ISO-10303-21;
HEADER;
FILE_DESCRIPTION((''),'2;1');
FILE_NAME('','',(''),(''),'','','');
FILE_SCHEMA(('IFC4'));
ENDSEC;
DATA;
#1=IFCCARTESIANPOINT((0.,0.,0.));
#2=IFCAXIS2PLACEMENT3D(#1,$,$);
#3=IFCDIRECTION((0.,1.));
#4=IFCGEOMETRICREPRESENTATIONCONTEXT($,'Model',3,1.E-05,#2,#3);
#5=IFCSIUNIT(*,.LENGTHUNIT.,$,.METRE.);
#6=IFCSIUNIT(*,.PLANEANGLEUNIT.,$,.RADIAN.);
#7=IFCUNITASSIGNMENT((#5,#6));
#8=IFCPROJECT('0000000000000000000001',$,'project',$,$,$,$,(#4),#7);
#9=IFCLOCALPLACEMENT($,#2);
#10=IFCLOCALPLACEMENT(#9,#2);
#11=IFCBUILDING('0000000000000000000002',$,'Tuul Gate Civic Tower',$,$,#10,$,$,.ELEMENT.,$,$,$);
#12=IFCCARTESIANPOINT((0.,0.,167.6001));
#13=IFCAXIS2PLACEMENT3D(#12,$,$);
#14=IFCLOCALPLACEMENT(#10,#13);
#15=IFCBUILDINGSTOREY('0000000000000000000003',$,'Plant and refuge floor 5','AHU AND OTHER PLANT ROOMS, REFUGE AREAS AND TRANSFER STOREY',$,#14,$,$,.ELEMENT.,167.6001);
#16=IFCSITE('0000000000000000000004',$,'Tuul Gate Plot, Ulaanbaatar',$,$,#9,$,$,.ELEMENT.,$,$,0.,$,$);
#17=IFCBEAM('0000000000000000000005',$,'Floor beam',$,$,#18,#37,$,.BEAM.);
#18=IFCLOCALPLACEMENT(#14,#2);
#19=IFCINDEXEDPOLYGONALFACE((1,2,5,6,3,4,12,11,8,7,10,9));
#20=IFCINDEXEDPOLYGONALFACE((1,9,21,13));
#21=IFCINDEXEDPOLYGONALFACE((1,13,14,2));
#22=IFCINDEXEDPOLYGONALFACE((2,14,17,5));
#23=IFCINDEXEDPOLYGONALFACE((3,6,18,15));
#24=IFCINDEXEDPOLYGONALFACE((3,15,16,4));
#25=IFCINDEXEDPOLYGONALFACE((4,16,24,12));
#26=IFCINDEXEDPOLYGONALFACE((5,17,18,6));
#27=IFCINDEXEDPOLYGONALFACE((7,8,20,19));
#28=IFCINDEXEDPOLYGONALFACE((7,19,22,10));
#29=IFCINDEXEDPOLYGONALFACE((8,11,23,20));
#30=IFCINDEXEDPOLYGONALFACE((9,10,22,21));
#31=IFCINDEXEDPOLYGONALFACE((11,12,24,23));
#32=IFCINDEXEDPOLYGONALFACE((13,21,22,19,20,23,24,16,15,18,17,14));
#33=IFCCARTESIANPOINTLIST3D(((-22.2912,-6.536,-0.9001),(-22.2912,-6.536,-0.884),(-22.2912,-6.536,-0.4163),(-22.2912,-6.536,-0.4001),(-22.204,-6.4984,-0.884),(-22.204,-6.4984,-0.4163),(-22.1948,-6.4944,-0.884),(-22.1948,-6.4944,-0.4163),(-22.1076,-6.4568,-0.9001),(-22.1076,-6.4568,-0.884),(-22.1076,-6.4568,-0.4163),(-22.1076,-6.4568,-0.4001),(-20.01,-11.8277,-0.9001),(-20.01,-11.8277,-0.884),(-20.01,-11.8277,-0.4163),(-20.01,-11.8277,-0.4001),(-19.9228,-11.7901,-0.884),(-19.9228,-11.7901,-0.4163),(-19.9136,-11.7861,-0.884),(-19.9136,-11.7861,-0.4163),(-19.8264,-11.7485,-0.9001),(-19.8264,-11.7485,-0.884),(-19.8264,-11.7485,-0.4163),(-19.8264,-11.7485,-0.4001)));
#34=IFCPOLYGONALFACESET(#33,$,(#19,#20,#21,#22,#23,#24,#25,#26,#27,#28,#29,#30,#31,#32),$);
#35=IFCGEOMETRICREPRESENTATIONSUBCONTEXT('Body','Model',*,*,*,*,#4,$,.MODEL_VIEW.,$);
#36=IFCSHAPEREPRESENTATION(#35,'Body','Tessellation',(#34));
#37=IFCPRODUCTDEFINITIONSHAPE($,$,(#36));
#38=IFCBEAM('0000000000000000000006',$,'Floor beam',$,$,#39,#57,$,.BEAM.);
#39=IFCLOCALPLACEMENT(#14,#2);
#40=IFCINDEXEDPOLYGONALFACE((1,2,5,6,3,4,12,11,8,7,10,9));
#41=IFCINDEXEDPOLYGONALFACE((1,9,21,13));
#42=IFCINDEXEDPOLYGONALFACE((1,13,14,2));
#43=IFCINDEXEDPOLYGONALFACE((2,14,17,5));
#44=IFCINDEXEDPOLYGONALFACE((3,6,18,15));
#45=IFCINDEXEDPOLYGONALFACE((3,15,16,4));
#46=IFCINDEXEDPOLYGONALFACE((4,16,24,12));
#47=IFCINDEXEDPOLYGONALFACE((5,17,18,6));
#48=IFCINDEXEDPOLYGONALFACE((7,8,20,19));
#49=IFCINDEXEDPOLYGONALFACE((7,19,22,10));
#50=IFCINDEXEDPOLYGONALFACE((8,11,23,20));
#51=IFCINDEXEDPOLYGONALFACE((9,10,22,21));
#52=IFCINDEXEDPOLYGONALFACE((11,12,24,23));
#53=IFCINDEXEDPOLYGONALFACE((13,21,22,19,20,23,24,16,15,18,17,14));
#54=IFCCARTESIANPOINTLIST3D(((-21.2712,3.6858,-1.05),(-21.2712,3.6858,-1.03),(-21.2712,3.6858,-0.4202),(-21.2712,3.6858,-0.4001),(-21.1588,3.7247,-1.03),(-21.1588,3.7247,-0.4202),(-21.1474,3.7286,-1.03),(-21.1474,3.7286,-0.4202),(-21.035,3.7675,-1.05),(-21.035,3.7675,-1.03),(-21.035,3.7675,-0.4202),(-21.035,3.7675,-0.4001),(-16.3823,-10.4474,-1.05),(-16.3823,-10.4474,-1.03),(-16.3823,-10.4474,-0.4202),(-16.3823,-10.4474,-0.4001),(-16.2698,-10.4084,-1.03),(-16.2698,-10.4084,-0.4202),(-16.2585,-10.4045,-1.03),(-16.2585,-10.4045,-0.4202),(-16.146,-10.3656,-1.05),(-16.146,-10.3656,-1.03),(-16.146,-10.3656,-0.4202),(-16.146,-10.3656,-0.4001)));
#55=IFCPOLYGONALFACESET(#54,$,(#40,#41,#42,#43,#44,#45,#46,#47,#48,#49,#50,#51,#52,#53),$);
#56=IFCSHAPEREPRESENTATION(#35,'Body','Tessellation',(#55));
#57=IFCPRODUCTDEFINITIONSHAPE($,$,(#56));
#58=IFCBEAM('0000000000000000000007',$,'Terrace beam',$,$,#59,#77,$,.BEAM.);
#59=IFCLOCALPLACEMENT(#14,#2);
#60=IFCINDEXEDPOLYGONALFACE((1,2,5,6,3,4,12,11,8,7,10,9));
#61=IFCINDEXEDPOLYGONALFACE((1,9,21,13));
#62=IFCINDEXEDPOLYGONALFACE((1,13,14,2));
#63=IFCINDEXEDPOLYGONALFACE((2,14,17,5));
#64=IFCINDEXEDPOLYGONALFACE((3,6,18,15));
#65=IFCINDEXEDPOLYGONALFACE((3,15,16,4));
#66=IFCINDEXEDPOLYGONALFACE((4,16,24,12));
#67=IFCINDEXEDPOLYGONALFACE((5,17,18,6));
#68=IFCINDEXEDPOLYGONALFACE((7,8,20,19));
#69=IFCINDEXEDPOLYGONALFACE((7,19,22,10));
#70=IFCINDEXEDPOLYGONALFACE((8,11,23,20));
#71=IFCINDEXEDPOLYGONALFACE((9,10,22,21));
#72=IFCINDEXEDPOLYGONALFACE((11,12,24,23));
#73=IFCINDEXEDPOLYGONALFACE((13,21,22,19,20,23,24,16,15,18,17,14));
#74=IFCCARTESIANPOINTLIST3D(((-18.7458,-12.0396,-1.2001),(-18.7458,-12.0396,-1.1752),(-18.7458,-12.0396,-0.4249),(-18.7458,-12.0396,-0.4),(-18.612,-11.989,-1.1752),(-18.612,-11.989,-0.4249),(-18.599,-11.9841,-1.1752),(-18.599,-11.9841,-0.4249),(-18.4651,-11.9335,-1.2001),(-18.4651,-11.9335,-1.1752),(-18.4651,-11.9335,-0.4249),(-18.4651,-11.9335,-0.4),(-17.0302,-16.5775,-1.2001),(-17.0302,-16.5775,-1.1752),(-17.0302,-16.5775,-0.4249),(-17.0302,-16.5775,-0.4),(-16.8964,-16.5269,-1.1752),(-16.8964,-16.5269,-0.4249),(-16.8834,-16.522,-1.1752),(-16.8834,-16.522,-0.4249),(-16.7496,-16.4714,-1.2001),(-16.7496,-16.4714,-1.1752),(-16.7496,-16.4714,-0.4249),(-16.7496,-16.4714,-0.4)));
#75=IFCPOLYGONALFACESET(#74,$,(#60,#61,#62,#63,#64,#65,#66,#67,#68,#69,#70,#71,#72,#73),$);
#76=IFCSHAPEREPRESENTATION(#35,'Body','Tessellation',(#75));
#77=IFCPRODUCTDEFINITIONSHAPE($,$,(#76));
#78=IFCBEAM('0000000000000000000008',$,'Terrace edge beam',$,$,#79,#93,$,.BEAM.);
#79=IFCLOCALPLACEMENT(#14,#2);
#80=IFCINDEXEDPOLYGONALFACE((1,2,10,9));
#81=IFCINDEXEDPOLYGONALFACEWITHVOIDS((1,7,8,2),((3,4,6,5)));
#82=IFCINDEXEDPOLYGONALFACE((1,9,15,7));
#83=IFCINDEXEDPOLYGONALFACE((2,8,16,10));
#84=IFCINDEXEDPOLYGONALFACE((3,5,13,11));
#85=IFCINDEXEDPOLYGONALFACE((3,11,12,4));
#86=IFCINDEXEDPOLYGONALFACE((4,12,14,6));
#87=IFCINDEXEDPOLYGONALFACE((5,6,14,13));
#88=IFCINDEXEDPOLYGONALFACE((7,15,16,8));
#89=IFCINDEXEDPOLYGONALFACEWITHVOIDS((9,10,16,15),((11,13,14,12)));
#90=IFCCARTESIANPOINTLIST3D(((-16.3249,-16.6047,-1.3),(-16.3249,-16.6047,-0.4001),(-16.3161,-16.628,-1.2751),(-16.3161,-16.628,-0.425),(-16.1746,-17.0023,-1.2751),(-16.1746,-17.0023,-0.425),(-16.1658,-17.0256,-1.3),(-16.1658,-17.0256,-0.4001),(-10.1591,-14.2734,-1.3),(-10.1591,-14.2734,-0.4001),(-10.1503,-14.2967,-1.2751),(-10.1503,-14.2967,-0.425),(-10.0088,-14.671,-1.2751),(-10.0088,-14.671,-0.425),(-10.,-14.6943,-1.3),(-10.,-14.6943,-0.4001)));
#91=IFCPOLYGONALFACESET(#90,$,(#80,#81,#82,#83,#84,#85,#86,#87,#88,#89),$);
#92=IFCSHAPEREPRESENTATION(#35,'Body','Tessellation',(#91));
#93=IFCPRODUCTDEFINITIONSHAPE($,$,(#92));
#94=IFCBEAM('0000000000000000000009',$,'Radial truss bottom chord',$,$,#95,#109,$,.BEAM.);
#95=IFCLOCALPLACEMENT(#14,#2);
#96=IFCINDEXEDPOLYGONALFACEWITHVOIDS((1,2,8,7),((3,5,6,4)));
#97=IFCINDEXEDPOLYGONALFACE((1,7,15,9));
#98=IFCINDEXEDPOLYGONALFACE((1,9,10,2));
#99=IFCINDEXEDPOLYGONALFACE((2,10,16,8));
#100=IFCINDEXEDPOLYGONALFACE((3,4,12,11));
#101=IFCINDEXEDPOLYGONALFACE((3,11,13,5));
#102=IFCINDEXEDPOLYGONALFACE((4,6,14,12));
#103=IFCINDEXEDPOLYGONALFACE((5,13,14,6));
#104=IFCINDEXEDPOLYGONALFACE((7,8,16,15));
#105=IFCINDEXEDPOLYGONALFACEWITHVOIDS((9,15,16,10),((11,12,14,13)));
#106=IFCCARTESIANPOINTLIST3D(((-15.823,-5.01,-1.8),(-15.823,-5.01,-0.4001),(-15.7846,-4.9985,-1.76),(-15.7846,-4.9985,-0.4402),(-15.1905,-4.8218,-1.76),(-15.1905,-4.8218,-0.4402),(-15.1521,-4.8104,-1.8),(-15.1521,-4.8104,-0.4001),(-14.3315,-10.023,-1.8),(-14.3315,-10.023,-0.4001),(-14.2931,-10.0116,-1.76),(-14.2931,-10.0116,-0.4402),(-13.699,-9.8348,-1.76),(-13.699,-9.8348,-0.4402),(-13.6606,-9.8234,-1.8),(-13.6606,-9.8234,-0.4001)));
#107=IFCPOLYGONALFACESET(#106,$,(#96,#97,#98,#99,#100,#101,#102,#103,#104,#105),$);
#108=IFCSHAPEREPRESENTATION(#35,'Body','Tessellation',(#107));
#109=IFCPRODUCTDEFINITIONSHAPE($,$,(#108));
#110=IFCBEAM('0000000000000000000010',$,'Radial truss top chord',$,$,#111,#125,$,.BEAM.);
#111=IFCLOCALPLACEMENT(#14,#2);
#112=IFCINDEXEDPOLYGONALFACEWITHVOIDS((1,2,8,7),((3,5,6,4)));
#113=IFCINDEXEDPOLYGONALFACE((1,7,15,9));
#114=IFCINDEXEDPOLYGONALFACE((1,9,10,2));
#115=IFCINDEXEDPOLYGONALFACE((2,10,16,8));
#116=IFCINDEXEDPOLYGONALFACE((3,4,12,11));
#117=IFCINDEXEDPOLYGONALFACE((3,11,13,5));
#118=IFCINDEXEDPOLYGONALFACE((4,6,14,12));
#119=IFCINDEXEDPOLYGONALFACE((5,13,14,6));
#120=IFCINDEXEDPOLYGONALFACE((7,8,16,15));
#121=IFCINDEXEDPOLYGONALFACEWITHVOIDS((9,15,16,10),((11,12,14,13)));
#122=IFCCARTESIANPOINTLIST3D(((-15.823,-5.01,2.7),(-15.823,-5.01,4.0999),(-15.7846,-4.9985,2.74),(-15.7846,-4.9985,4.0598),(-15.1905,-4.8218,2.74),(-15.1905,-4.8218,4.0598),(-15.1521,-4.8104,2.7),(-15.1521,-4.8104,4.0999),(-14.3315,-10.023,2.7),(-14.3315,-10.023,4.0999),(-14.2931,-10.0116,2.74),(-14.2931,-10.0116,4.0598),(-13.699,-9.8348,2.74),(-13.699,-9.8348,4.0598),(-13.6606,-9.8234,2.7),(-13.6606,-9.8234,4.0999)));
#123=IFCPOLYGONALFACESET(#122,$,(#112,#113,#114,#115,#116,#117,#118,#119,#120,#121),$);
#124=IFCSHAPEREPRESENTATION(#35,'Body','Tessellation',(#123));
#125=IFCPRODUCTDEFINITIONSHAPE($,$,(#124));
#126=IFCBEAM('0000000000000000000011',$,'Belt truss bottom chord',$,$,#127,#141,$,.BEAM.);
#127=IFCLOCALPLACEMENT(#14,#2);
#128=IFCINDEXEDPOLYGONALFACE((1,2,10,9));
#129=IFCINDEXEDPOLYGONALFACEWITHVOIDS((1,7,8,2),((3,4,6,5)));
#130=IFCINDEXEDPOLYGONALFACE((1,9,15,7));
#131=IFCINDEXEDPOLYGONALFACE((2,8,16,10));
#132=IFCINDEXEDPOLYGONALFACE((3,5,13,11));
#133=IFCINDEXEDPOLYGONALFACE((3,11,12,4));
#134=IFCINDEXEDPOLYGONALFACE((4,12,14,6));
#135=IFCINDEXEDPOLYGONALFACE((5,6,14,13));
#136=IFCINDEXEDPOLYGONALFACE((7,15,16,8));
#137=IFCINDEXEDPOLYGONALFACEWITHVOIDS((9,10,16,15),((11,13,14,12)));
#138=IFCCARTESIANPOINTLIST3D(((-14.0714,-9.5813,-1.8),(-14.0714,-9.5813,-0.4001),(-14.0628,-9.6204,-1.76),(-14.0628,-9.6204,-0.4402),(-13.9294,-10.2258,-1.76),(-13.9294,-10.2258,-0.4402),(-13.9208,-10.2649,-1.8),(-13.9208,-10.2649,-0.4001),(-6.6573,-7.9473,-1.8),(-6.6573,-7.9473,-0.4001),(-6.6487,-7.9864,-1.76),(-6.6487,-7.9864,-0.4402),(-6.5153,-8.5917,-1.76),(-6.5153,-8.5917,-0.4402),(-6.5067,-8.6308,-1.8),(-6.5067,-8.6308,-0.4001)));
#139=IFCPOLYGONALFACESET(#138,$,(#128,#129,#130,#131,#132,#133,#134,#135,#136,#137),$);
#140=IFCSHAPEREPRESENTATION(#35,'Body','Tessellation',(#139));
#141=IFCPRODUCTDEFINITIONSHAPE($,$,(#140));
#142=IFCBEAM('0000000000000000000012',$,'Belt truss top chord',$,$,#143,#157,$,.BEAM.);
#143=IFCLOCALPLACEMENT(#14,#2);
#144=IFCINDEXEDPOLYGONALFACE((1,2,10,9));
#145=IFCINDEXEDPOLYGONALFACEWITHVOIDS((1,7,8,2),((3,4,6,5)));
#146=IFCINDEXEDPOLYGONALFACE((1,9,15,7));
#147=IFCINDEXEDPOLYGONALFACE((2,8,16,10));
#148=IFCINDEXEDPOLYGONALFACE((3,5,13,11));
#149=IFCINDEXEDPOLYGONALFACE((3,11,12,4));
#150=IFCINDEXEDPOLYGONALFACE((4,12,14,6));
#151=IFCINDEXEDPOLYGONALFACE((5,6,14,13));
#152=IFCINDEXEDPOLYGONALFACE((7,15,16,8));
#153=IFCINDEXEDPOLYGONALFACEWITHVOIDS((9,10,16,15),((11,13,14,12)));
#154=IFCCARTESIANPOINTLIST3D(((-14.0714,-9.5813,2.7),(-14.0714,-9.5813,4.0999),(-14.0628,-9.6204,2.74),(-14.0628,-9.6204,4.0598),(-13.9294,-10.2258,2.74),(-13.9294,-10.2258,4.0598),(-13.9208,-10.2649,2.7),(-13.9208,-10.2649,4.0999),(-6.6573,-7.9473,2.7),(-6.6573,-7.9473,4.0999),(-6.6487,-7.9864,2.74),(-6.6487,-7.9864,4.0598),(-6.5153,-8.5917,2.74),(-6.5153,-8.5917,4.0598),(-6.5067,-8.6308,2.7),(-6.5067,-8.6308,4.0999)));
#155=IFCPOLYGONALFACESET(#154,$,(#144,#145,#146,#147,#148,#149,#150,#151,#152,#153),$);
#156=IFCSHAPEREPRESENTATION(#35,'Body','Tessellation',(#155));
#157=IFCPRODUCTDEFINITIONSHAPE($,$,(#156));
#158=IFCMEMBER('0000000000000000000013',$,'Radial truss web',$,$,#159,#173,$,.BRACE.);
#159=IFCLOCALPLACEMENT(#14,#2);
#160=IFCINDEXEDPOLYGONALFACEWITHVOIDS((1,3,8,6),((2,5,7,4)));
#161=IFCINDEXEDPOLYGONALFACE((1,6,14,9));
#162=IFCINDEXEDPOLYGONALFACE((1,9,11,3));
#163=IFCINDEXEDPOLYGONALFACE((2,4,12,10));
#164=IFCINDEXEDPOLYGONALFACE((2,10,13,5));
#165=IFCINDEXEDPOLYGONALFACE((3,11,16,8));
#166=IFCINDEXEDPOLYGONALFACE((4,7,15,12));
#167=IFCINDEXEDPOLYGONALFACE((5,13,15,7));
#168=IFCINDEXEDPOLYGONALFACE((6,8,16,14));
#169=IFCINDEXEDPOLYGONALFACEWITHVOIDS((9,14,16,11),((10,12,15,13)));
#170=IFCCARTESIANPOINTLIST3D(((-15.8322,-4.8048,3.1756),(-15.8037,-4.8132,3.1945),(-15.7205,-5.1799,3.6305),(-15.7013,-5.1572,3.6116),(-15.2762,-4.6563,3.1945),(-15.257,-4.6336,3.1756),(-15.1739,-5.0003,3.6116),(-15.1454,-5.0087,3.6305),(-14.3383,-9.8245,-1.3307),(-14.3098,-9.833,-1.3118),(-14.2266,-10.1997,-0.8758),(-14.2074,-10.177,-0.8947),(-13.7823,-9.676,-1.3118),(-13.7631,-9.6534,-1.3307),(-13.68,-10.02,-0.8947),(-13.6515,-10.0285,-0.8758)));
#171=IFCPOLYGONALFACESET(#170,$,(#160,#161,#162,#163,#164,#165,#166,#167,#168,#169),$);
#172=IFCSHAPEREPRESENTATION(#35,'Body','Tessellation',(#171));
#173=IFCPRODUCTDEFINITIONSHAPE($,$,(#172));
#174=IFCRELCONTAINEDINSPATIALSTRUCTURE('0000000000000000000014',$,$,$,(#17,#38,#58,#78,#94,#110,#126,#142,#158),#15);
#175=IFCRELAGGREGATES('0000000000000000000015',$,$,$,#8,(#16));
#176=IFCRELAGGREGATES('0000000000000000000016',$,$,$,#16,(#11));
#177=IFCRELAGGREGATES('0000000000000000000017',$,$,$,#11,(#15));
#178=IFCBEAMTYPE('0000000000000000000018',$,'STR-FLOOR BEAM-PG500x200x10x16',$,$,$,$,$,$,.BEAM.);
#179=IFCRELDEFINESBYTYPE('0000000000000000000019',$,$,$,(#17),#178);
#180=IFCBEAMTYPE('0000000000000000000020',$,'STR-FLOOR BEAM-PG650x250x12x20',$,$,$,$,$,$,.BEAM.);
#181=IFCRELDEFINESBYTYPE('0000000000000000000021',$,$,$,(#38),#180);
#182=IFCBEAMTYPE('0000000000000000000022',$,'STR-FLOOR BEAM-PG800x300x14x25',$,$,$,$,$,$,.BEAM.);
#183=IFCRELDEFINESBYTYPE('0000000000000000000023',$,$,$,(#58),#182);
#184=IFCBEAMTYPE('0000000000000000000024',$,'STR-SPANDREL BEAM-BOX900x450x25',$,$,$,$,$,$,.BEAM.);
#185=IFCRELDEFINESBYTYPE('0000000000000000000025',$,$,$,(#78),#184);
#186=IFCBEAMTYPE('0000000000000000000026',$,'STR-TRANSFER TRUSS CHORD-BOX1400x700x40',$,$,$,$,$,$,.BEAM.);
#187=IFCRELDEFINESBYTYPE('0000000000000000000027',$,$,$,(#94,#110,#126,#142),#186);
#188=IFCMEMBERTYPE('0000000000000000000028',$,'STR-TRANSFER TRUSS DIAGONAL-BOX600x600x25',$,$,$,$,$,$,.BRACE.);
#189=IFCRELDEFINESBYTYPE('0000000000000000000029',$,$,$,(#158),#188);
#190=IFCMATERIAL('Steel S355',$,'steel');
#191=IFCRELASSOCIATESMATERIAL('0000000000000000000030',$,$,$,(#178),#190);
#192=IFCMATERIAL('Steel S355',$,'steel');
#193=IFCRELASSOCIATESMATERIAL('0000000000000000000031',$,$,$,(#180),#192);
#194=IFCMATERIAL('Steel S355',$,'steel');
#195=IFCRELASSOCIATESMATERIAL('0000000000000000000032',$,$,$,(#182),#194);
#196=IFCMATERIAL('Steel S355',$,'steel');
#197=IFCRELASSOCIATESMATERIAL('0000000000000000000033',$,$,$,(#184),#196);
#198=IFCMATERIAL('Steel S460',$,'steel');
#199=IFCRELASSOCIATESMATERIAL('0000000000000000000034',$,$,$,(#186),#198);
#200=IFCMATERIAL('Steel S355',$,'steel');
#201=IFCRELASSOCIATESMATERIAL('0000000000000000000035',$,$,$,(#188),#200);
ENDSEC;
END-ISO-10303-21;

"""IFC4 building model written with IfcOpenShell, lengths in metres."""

from ifc_helpers import new_model, si_unit, direction, frame, origin, origin_2d, place, context, subcontext, project, spatial, hollow_rectangle, i_section, extrude, material, material_profile, profile_set, type_object, element, save


model = new_model("IFC4")

# Units and contexts
model_context = context("Model", 3, precision=1e-05, world=origin(), true_north=direction((0.0, 1.0)))
body_context = subcontext(model_context, "Body", "Model", "MODEL_VIEW")
ifc_project = project(units=[si_unit("LENGTHUNIT", "METRE"), si_unit("PLANEANGLEUNIT", "RADIAN")], contexts=[model_context])

# Site, building, storey
site_placement = place(None, origin())
site = spatial("IfcSite", under=ifc_project, at=site_placement, Name="Tuul Gate Plot, Ulaanbaatar", CompositionType="ELEMENT", RefElevation=0.0)
building_placement = place(site_placement, origin())
building = spatial("IfcBuilding", under=site, at=building_placement, Name="Tuul Gate Civic Tower", CompositionType="ELEMENT")
storey_placement = place(building_placement, frame((0.0, 0.0, 167.6001)))
storey = spatial("IfcBuildingStorey", under=building, at=storey_placement, Name="Plant and refuge floor 5", Description="AHU AND OTHER PLANT ROOMS, REFUGE AREAS AND TRANSFER STOREY", CompositionType="ELEMENT", Elevation=167.6001)

# Beams
ifc_material_1 = material(Name="Steel S355", Category="steel")
ifc_material_profile_1 = material_profile(ifc_material_1, i_section(OverallWidth=0.2, OverallDepth=0.5, WebThickness=0.01, FlangeThickness=0.0161, at=origin_2d()), Name="PG500x200x10x16")
ifc_profile_set_1 = profile_set([ifc_material_profile_1], Name="Steel S355")
beam_type_1 = type_object("IfcBeamType", Name="STR-FLOOR BEAM-PG500x200x10x16", PredefinedType="BEAM", material=ifc_profile_set_1)
beam_1_placement = place(storey_placement, frame((-19.9182, -11.7881, -0.6501), z_axis=(-0.395877, 0.918304, 0.0), x_axis=(-0.918304, -0.395877, 0.0)))
element("IfcBeam", 1, at=beam_1_placement, inside=storey, type_object=beam_type_1, Name="Floor beam", PredefinedType="BEAM", context=body_context, shape_type="SweptSolid", body=[
    extrude(i_section(OverallWidth=0.2, OverallDepth=0.5, WebThickness=0.01, FlangeThickness=0.0161, at=origin_2d()), origin(), (0.0, 0.0, 1.0), 5.7625),
])
ifc_material_2 = material(Name="Steel S355", Category="steel")
ifc_material_profile_2 = material_profile(ifc_material_2, i_section(OverallWidth=0.25, OverallDepth=0.6499, WebThickness=0.012, FlangeThickness=0.02, at=origin_2d()), Name="PG650x250x12x20")
ifc_profile_set_2 = profile_set([ifc_material_profile_2], Name="Steel S355")
beam_type_2 = type_object("IfcBeamType", Name="STR-FLOOR BEAM-PG650x250x12x20", PredefinedType="BEAM", material=ifc_profile_set_2)
beam_2_placement = place(storey_placement, frame((-16.2642, -10.4065, -0.7251), z_axis=(-0.326914, 0.945054, 0.0), x_axis=(-0.945054, -0.326914, 0.0)))
element("IfcBeam", 2, at=beam_2_placement, inside=storey, type_object=beam_type_2, Name="Floor beam", PredefinedType="BEAM", context=body_context, shape_type="SweptSolid", body=[
    extrude(i_section(OverallWidth=0.25, OverallDepth=0.6499, WebThickness=0.012, FlangeThickness=0.02, at=origin_2d()), origin(), (0.0, 0.0, 1.0), 14.9548),
])
ifc_material_3 = material(Name="Steel S355", Category="steel")
ifc_material_profile_3 = material_profile(ifc_material_3, i_section(OverallWidth=0.3, OverallDepth=0.8, WebThickness=0.0139, FlangeThickness=0.0249, at=origin_2d()), Name="PG800x300x14x25")
ifc_profile_set_3 = profile_set([ifc_material_profile_3], Name="Steel S355")
beam_type_3 = type_object("IfcBeamType", Name="STR-FLOOR BEAM-PG800x300x14x25", PredefinedType="BEAM", material=ifc_profile_set_3)
beam_3_placement = place(storey_placement, frame((-16.8899, -16.5244, -0.8), z_axis=(-0.353632, 0.935385, 0.0), x_axis=(-0.935385, -0.353632, 0.0)))
element("IfcBeam", 3, at=beam_3_placement, inside=storey, type_object=beam_type_3, Name="Terrace beam", PredefinedType="BEAM", context=body_context, shape_type="SweptSolid", body=[
    extrude(i_section(OverallWidth=0.3, OverallDepth=0.8, WebThickness=0.0139, FlangeThickness=0.0249, at=origin_2d()), origin(), (0.0, 0.0, 1.0), 4.8513),
])
ifc_material_4 = material(Name="Steel S355", Category="steel")
ifc_material_profile_4 = material_profile(ifc_material_4, hollow_rectangle(XDim=0.45, YDim=0.8999, WallThickness=0.0249, at=origin_2d()), Name="BOX900x450x25")
ifc_profile_set_4 = profile_set([ifc_material_profile_4], Name="Steel S355")
beam_type_4 = type_object("IfcBeamType", Name="STR-SPANDREL BEAM-BOX900x450x25", PredefinedType="BEAM", material=ifc_profile_set_4)
beam_4_placement = place(storey_placement, frame((-16.2454, -16.8152, -0.8501), z_axis=(0.935371, 0.353667, 0.0), x_axis=(-0.353667, 0.935371, 0.0)))
element("IfcBeam", 4, at=beam_4_placement, inside=storey, type_object=beam_type_4, Name="Terrace edge beam", PredefinedType="BEAM", context=body_context, shape_type="SweptSolid", body=[
    extrude(hollow_rectangle(XDim=0.45, YDim=0.8999, WallThickness=0.0249, at=origin_2d()), origin(), (0.0, 0.0, 1.0), 6.5918),
])
ifc_material_5 = material(Name="Steel S460", Category="steel")
ifc_material_profile_5 = material_profile(ifc_material_5, hollow_rectangle(XDim=0.7, YDim=1.3999, WallThickness=0.04, at=origin_2d()), Name="BOX1400x700x40")
ifc_profile_set_5 = profile_set([ifc_material_profile_5], Name="Steel S460")
beam_type_5 = type_object("IfcBeamType", Name="STR-TRANSFER TRUSS CHORD-BOX1400x700x40", PredefinedType="BEAM", material=ifc_profile_set_5)
for number, where, z_axis, x_axis, name in (
    (5, (-15.4875, -4.9102, -1.1001), (0.285167, -0.958478, 0.0), (0.958478, 0.285167, 0.0), "Radial truss bottom chord"),
    (6, (-15.4875, -4.9102, 3.3999), (0.285167, -0.958478, 0.0), (0.958478, 0.285167, 0.0), "Radial truss top chord"),
):
    element("IfcBeam", number, at=place(storey_placement, frame(where, z_axis=z_axis, x_axis=x_axis)), inside=storey, type_object=beam_type_5, Name=name, PredefinedType="BEAM", context=body_context, shape_type="SweptSolid", body=[
        extrude(hollow_rectangle(XDim=0.7, YDim=1.3999, WallThickness=0.04, at=origin_2d()), origin(), (0.0, 0.0, 1.0), 5.2302),
    ])
for number, where, z_axis, x_axis, name in (
    (7, (-13.9961, -9.9231, -1.1001), (0.976563, 0.215231, 0.0), (-0.215231, 0.976563, 0.0), "Belt truss bottom chord"),
    (8, (-13.9961, -9.9231, 3.3999), (0.976563, 0.215231, 0.0), (-0.215231, 0.976563, 0.0), "Belt truss top chord"),
):
    element("IfcBeam", number, at=place(storey_placement, frame(where, z_axis=z_axis, x_axis=x_axis)), inside=storey, type_object=beam_type_5, Name=name, PredefinedType="BEAM", context=body_context, shape_type="SweptSolid", body=[
        extrude(hollow_rectangle(XDim=0.7, YDim=1.3999, WallThickness=0.04, at=origin_2d()), origin(), (0.0, 0.0, 1.0), 7.592),
    ])

# Member
ifc_material_6 = material(Name="Steel S355", Category="steel")
ifc_material_profile_6 = material_profile(ifc_material_6, hollow_rectangle(XDim=0.6001, YDim=0.6001, WallThickness=0.0249, at=origin_2d()), Name="BOX600x600x25")
ifc_profile_set_6 = profile_set([ifc_material_profile_6], Name="Steel S355")
member_type_1 = type_object("IfcMemberType", Name="STR-TRANSFER TRUSS DIAGONAL-BOX600x600x25", PredefinedType="BRACE", material=ifc_profile_set_6)
member_1_placement = place(storey_placement, frame((-13.9949, -9.9265, -1.1033), z_axis=(-0.216218, 0.726535, 0.652224), x_axis=(-0.958456, -0.285239, 0.0)))
element("IfcMember", 9, at=member_1_placement, inside=storey, type_object=member_type_1, Name="Radial truss web", PredefinedType="BRACE", context=body_context, shape_type="SweptSolid", body=[
    extrude(hollow_rectangle(XDim=0.6001, YDim=0.6001, WallThickness=0.0249, at=origin_2d()), origin(), (0.0, 0.0, 1.0), 6.9092),
])

save(model, "model.ifc")
